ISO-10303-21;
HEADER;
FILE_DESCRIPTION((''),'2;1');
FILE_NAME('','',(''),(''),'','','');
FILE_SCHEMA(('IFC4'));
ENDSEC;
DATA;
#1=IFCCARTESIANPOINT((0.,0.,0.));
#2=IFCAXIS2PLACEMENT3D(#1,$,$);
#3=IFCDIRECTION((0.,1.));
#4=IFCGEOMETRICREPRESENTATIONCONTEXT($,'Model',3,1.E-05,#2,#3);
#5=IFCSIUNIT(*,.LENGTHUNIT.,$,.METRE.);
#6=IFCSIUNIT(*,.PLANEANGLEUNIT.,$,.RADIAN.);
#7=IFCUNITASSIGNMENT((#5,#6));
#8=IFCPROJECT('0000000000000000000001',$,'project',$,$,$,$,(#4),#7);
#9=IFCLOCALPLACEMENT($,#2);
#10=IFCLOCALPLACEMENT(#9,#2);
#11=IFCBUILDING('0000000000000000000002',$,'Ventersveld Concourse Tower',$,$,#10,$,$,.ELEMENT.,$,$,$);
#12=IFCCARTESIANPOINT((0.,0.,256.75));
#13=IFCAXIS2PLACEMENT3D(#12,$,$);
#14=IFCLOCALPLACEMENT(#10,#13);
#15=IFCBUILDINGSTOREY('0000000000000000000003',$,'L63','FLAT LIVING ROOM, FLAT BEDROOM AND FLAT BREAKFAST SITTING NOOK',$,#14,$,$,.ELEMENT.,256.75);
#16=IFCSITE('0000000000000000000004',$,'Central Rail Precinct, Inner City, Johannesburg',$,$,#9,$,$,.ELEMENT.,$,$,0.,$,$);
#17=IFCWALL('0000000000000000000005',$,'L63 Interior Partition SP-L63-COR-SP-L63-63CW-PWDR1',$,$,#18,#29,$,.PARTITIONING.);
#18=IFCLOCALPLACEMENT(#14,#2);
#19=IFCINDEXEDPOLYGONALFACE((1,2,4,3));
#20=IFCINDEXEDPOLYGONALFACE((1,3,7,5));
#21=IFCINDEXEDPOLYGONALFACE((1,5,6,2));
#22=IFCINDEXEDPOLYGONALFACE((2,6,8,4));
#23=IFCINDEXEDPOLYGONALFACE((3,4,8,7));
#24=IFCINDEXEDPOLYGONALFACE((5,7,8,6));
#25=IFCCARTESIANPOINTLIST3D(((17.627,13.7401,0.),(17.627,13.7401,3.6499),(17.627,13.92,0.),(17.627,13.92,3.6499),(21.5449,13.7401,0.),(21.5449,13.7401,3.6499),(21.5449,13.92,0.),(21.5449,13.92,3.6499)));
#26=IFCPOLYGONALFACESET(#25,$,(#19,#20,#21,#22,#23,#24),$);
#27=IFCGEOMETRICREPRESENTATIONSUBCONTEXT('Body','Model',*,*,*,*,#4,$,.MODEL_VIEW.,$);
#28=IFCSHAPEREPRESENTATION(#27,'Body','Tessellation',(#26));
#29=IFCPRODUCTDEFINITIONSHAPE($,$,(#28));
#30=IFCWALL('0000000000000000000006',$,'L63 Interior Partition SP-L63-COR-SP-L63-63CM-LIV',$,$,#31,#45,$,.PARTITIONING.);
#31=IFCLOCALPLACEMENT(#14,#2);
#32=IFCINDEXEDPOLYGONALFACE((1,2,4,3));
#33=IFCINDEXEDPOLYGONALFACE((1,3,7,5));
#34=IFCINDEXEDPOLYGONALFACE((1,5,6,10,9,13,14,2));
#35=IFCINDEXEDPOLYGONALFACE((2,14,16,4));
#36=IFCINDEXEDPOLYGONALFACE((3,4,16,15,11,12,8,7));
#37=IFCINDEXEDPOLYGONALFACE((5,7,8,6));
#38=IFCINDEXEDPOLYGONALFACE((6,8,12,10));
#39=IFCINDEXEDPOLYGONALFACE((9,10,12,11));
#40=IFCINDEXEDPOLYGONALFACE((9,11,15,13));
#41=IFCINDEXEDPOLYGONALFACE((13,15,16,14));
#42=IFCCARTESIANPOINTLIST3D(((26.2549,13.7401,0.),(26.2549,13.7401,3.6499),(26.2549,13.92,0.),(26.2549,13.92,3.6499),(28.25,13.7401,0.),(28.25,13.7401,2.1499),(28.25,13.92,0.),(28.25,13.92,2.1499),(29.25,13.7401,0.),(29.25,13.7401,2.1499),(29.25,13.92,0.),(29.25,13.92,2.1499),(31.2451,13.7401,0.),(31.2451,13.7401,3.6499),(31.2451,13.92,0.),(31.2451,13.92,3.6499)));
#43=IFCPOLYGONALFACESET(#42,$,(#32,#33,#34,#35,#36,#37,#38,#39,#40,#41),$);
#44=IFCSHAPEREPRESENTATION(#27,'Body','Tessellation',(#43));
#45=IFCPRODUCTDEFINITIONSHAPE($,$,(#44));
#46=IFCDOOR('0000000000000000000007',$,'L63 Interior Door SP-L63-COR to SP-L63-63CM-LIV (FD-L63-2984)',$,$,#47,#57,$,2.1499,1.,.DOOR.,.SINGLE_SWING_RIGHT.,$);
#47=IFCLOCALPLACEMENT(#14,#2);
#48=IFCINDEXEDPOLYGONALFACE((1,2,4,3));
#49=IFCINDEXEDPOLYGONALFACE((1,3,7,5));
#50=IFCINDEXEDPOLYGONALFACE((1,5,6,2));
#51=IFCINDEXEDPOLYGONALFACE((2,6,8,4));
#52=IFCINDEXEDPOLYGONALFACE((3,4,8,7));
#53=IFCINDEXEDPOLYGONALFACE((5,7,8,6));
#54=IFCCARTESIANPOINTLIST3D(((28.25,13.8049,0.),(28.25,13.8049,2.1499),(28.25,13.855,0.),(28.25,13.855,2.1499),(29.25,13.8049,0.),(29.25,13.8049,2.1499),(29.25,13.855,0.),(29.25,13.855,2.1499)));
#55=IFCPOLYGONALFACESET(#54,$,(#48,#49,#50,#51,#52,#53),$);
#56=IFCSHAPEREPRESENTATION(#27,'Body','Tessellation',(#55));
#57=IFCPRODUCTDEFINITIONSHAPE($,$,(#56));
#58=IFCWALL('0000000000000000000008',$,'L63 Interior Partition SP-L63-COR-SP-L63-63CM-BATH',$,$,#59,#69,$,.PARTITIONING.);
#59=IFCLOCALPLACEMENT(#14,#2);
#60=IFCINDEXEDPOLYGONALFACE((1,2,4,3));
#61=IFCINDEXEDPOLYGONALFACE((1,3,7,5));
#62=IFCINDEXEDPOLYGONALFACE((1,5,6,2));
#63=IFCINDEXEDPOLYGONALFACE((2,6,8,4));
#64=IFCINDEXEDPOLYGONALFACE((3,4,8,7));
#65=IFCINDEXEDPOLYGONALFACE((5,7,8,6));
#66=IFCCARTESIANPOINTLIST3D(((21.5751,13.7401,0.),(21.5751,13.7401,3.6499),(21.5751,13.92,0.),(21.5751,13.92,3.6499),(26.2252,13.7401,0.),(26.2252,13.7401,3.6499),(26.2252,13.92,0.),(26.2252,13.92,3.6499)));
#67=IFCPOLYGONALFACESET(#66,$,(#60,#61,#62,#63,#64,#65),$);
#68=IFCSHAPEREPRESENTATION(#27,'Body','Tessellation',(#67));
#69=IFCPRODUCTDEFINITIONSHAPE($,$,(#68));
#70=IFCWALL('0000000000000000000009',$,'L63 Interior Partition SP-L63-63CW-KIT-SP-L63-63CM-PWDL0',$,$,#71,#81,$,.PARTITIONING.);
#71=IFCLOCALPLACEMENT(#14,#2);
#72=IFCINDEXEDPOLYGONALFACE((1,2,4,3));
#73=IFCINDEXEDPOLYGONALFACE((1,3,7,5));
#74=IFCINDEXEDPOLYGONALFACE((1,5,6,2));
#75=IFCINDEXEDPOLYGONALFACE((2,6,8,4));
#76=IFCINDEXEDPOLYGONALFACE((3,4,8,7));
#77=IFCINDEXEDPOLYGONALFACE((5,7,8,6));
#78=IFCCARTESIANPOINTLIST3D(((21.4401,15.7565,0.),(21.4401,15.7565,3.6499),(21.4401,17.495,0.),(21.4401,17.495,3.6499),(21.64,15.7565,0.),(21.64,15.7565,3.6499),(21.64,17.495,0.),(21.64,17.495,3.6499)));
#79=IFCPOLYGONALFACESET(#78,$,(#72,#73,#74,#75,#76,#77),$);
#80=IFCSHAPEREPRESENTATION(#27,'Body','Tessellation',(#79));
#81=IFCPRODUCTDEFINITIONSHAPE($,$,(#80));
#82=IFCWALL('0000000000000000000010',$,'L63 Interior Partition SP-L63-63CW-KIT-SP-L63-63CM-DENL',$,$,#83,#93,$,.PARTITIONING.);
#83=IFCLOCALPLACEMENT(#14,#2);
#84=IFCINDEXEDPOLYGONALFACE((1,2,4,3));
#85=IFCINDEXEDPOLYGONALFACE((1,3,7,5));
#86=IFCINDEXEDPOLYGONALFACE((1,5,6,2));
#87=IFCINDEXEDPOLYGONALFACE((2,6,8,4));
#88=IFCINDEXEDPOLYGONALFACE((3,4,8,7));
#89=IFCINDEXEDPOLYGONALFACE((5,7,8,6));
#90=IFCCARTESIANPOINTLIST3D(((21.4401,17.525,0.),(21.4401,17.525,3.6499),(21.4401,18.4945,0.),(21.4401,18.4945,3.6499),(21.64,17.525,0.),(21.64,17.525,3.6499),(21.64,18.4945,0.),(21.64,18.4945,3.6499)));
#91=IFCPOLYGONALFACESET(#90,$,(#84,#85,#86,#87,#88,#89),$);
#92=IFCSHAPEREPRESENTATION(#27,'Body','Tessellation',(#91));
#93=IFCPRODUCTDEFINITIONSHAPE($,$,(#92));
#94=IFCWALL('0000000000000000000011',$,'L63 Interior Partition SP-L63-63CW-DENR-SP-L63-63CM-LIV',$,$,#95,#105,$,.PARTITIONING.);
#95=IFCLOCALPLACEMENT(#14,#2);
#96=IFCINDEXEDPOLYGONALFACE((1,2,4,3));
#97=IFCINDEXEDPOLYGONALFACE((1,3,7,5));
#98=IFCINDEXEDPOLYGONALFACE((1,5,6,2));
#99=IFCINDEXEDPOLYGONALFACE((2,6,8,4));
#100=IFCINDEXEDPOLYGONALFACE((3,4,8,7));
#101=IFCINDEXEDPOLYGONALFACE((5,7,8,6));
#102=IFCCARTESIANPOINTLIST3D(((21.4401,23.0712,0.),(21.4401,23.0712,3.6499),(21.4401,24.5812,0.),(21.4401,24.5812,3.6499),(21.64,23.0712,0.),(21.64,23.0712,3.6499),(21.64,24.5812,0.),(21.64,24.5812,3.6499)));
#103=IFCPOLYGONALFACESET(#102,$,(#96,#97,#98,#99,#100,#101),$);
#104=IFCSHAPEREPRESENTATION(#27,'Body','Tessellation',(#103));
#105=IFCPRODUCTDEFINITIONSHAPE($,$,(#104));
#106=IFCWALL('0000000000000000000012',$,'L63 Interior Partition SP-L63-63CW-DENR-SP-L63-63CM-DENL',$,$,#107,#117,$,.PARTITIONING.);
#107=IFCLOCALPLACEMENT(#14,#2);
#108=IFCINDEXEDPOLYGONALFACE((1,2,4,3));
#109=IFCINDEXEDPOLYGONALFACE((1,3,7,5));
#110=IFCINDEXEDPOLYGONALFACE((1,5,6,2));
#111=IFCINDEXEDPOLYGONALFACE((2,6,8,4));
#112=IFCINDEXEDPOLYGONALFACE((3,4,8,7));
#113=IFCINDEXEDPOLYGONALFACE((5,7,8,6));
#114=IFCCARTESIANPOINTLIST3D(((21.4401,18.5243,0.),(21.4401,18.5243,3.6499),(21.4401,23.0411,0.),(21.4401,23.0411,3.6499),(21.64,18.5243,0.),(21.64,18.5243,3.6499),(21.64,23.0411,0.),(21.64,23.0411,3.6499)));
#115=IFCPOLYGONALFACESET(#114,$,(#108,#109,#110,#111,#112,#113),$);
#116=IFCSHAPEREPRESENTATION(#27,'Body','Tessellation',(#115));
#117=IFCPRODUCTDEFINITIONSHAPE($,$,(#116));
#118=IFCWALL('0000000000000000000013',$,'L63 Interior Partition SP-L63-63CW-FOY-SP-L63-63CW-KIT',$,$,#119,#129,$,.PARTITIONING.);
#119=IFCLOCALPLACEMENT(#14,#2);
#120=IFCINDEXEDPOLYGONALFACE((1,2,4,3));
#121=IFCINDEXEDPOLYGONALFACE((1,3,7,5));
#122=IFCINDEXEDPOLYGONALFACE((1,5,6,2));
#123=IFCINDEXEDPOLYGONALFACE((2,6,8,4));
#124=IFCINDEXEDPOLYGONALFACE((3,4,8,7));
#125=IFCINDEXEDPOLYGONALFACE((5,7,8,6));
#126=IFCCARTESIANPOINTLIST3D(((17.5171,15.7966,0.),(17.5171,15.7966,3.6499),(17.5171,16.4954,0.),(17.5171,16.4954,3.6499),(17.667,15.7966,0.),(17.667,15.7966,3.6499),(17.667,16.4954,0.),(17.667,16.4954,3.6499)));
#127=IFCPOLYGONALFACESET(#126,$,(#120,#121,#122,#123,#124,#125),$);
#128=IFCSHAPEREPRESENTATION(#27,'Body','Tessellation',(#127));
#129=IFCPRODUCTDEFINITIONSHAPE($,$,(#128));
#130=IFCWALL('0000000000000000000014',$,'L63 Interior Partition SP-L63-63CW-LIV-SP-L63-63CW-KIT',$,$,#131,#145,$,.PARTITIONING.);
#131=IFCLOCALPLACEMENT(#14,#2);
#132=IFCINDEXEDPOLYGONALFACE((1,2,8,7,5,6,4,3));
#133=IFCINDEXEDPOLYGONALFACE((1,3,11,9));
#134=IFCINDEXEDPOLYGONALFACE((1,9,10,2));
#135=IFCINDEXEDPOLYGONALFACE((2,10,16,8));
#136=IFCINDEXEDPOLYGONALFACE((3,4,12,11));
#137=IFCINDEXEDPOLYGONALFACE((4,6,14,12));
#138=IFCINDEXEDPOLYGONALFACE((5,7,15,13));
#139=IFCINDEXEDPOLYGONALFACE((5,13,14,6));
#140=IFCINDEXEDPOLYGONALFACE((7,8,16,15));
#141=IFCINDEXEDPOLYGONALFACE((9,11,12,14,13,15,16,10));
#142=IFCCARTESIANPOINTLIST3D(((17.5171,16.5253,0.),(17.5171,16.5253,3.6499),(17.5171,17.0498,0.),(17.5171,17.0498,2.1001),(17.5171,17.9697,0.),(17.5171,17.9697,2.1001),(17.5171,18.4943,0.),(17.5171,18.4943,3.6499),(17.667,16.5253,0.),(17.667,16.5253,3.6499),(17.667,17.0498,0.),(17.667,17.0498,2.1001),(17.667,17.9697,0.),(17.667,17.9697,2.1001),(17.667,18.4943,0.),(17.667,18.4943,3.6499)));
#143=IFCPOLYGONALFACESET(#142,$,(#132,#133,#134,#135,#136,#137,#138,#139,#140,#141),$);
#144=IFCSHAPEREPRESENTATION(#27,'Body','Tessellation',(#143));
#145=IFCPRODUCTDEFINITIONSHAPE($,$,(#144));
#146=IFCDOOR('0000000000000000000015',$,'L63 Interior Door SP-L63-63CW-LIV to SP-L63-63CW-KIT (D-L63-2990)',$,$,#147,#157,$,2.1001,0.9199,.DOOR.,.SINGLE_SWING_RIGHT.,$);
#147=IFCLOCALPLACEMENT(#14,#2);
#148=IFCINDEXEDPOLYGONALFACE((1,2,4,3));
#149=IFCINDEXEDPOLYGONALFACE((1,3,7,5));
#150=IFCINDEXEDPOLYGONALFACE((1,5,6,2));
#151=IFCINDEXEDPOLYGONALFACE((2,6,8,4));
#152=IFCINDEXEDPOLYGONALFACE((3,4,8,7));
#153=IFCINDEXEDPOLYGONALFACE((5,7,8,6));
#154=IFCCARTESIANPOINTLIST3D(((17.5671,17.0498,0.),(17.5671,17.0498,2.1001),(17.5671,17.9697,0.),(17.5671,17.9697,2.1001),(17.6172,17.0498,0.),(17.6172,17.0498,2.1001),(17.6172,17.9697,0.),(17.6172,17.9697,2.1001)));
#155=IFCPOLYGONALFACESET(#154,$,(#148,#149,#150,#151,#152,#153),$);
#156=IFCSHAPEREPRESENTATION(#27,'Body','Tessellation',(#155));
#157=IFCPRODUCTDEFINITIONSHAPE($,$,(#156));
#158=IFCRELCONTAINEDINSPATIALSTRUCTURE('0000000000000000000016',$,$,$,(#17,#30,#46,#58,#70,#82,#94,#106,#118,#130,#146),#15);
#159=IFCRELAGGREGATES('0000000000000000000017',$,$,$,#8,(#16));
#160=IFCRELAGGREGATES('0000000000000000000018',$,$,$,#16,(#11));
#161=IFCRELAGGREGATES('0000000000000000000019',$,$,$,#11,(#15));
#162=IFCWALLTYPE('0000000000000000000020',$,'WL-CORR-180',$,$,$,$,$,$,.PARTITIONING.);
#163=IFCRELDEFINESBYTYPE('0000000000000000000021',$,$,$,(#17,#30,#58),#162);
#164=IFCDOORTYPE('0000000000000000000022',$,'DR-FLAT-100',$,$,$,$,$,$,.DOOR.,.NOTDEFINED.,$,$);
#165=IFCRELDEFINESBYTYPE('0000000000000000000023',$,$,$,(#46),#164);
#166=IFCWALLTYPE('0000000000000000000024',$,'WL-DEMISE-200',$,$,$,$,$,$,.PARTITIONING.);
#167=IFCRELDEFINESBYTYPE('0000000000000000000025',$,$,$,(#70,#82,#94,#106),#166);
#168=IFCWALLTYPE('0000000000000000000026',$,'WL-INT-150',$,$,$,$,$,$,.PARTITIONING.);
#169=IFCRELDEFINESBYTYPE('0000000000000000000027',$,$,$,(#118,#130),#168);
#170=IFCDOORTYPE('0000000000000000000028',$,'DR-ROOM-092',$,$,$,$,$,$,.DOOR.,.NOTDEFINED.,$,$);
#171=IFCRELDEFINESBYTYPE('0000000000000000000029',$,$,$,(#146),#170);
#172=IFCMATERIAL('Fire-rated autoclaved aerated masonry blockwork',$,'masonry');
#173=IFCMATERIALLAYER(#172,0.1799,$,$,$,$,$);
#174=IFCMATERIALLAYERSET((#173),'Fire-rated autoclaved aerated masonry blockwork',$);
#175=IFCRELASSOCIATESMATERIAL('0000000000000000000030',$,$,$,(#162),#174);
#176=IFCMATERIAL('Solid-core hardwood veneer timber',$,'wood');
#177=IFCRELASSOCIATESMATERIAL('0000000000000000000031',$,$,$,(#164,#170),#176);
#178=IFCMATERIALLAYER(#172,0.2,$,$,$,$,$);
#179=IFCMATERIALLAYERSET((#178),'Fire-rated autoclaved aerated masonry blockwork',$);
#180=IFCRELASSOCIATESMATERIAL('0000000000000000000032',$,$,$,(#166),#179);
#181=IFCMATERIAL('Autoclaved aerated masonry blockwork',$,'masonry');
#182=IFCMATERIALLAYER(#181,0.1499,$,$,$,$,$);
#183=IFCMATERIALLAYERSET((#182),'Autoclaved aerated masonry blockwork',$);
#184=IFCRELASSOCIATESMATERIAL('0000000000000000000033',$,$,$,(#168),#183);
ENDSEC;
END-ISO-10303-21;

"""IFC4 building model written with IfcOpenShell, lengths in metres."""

from ifc_helpers import new_model, si_unit, direction, frame, frame_2d, origin, place, context, subcontext, project, spatial, rectangle, extrude, material, layer, layer_set, type_object, element, fill, save


model = new_model("IFC4")

# Units and contexts
model_context = context("Model", 3, precision=1e-05, world=origin(), true_north=direction((0.0, 1.0)))
body_context = subcontext(model_context, "Body", "Model", "MODEL_VIEW")
ifc_project = project(units=[si_unit("LENGTHUNIT", "METRE"), si_unit("PLANEANGLEUNIT", "RADIAN")], contexts=[model_context])

# Site, building, storey
site_placement = place(None, origin())
site = spatial("IfcSite", under=ifc_project, at=site_placement, Name="Central Rail Precinct, Inner City, Johannesburg", CompositionType="ELEMENT", RefElevation=0.0)
building_placement = place(site_placement, origin())
building = spatial("IfcBuilding", under=site, at=building_placement, Name="Ventersveld Concourse Tower", CompositionType="ELEMENT")
storey_placement = place(building_placement, frame((0.0, 0.0, 256.75)))
storey = spatial("IfcBuildingStorey", under=building, at=storey_placement, Name="L63", Description="FLAT LIVING ROOM, FLAT BEDROOM AND FLAT BREAKFAST SITTING NOOK", CompositionType="ELEMENT", Elevation=256.75)

# Wall
ifc_material_1 = material(Name="Fire-rated autoclaved aerated masonry blockwork", Category="masonry")
ifc_layer_1 = layer(ifc_material_1, 0.1799)
ifc_layer_set_1 = layer_set([ifc_layer_1], Name="Fire-rated autoclaved aerated masonry blockwork")
wall_type_1 = type_object("IfcWallType", Name="WL-CORR-180", PredefinedType="PARTITIONING", material=ifc_layer_set_1)
wall_1_placement = place(storey_placement, frame((17.627, 13.8301, 0.0), z_axis=(0.0, 0.0, 1.0), x_axis=(1.0, 0.0, 0.0)))
element("IfcWall", 1, at=wall_1_placement, inside=storey, type_object=wall_type_1, Name="L63 Interior Partition SP-L63-COR-SP-L63-63CW-PWDR1", PredefinedType="PARTITIONING", context=body_context, shape_type="SweptSolid", body=[
    extrude(rectangle(XDim=3.918, YDim=0.1799, at=frame_2d((1.959, 0.0))), origin(), (0.0, 0.0, 1.0), 3.6499),
])

# Wall, opening, door
wall_2_placement = place(storey_placement, frame((26.2549, 13.8301, 0.0), z_axis=(0.0, 0.0, 1.0), x_axis=(1.0, 0.0, 0.0)))
wall_2 = element("IfcWall", 2, at=wall_2_placement, inside=storey, type_object=wall_type_1, Name="L63 Interior Partition SP-L63-COR-SP-L63-63CM-LIV", PredefinedType="PARTITIONING", context=body_context, shape_type="SweptSolid", body=[
    extrude(rectangle(XDim=4.9902, YDim=0.1799, at=frame_2d((2.4951, 0.0))), origin(), (0.0, 0.0, 1.0), 3.6499),
])
opening_1_placement = place(wall_2_placement, frame((1.9951, 0.0, 0.0)))
opening_1 = element("IfcOpeningElement", 3, at=opening_1_placement, cuts=wall_2, PredefinedType="OPENING", context=body_context, shape_type="SweptSolid", body=[
    extrude(rectangle(XDim=1.0, YDim=2.1499, at=frame_2d((0.5, 1.075))), frame((0.0, 0.1001, 0.0), z_axis=(0.0, -1.0, 0.0), x_axis=(1.0, 0.0, 0.0)), (0.0, 0.0, 1.0), 0.2),
])
ifc_material_2 = material(Name="Solid-core hardwood veneer timber", Category="wood")
door_type_1 = type_object("IfcDoorType", Name="DR-FLAT-100", OperationType="NOTDEFINED", PredefinedType="DOOR", material=ifc_material_2)
door_1_placement = place(opening_1_placement, origin())
door_1 = element("IfcDoor", 4, at=door_1_placement, inside=storey, type_object=door_type_1, Name="L63 Interior Door SP-L63-COR to SP-L63-63CM-LIV (FD-L63-2984)", OperationType="SINGLE_SWING_RIGHT", OverallHeight=2.1499, OverallWidth=1.0, PredefinedType="DOOR", context=body_context, shape_type="SweptSolid", body=[
    extrude(rectangle(XDim=1.0, YDim=2.1499, at=frame_2d((0.5, 1.075))), frame((0.0, 0.0249, 0.0), z_axis=(0.0, -1.0, 0.0), x_axis=(1.0, 0.0, 0.0)), (0.0, 0.0, 1.0), 0.05),
])
fill(opening_1, door_1)

# Walls
wall_3_placement = place(storey_placement, frame((21.575, 13.8301, 0.0), z_axis=(0.0, 0.0, 1.0), x_axis=(1.0, 0.0, 0.0)))
element("IfcWall", 5, at=wall_3_placement, inside=storey, type_object=wall_type_1, Name="L63 Interior Partition SP-L63-COR-SP-L63-63CM-BATH", PredefinedType="PARTITIONING", context=body_context, shape_type="SweptSolid", body=[
    extrude(rectangle(XDim=4.6501, YDim=0.1799, at=frame_2d((2.3252, 0.0))), origin(), (0.0, 0.0, 1.0), 3.6499),
])
ifc_layer_2 = layer(ifc_material_1, 0.2)
ifc_layer_set_2 = layer_set([ifc_layer_2], Name="Fire-rated autoclaved aerated masonry blockwork")
wall_type_2 = type_object("IfcWallType", Name="WL-DEMISE-200", PredefinedType="PARTITIONING", material=ifc_layer_set_2)
wall_4_placement = place(storey_placement, frame((21.54, 15.7566, 0.0), z_axis=(0.0, 0.0, 1.0), x_axis=(0.0, 1.0, 0.0)))
element("IfcWall", 6, at=wall_4_placement, inside=storey, type_object=wall_type_2, Name="L63 Interior Partition SP-L63-63CW-KIT-SP-L63-63CM-PWDL0", PredefinedType="PARTITIONING", context=body_context, shape_type="SweptSolid", body=[
    extrude(rectangle(XDim=1.7385, YDim=0.2, at=frame_2d((0.8691, 0.0))), origin(), (0.0, 0.0, 1.0), 3.6499),
])
wall_5_placement = place(storey_placement, frame((21.54, 17.5249, 0.0), z_axis=(0.0, 0.0, 1.0), x_axis=(0.0, 1.0, 0.0)))
element("IfcWall", 7, at=wall_5_placement, inside=storey, type_object=wall_type_2, Name="L63 Interior Partition SP-L63-63CW-KIT-SP-L63-63CM-DENL", PredefinedType="PARTITIONING", context=body_context, shape_type="SweptSolid", body=[
    extrude(rectangle(XDim=0.9695, YDim=0.2, at=frame_2d((0.4849, 0.0))), origin(), (0.0, 0.0, 1.0), 3.6499),
])
wall_6_placement = place(storey_placement, frame((21.54, 23.0713, 0.0), z_axis=(0.0, 0.0, 1.0), x_axis=(0.0, 1.0, 0.0)))
element("IfcWall", 8, at=wall_6_placement, inside=storey, type_object=wall_type_2, Name="L63 Interior Partition SP-L63-63CW-DENR-SP-L63-63CM-LIV", PredefinedType="PARTITIONING", context=body_context, shape_type="SweptSolid", body=[
    extrude(rectangle(XDim=1.51, YDim=0.2, at=frame_2d((0.7549, 0.0))), origin(), (0.0, 0.0, 1.0), 3.6499),
])
wall_7_placement = place(storey_placement, frame((21.54, 18.5244, 0.0), z_axis=(0.0, 0.0, 1.0), x_axis=(0.0, 1.0, 0.0)))
element("IfcWall", 9, at=wall_7_placement, inside=storey, type_object=wall_type_2, Name="L63 Interior Partition SP-L63-63CW-DENR-SP-L63-63CM-DENL", PredefinedType="PARTITIONING", context=body_context, shape_type="SweptSolid", body=[
    extrude(rectangle(XDim=4.5168, YDim=0.2, at=frame_2d((2.2583, 0.0))), origin(), (0.0, 0.0, 1.0), 3.6499),
])
ifc_material_3 = material(Name="Autoclaved aerated masonry blockwork", Category="masonry")
ifc_layer_3 = layer(ifc_material_3, 0.1499)
ifc_layer_set_3 = layer_set([ifc_layer_3], Name="Autoclaved aerated masonry blockwork")
wall_type_3 = type_object("IfcWallType", Name="WL-INT-150", PredefinedType="PARTITIONING", material=ifc_layer_set_3)
wall_8_placement = place(storey_placement, frame((17.592, 15.7966, 0.0), z_axis=(0.0, 0.0, 1.0), x_axis=(0.0, 1.0, 0.0)))
element("IfcWall", 10, at=wall_8_placement, inside=storey, type_object=wall_type_3, Name="L63 Interior Partition SP-L63-63CW-FOY-SP-L63-63CW-KIT", PredefinedType="PARTITIONING", context=body_context, shape_type="SweptSolid", body=[
    extrude(rectangle(XDim=0.6987, YDim=0.1499, at=frame_2d((0.3494, 0.0))), origin(), (0.0, 0.0, 1.0), 3.6499),
])

# Wall, opening, door
wall_9_placement = place(storey_placement, frame((17.592, 16.5254, 0.0), z_axis=(0.0, 0.0, 1.0), x_axis=(0.0, 1.0, 0.0)))
wall_9 = element("IfcWall", 11, at=wall_9_placement, inside=storey, type_object=wall_type_3, Name="L63 Interior Partition SP-L63-63CW-LIV-SP-L63-63CW-KIT", PredefinedType="PARTITIONING", context=body_context, shape_type="SweptSolid", body=[
    extrude(rectangle(XDim=1.969, YDim=0.1499, at=frame_2d((0.9844, 0.0))), origin(), (0.0, 0.0, 1.0), 3.6499),
])
opening_2_placement = place(wall_9_placement, frame((0.5244, 0.0, 0.0)))
opening_2 = element("IfcOpeningElement", 12, at=opening_2_placement, cuts=wall_9, PredefinedType="OPENING", context=body_context, shape_type="SweptSolid", body=[
    extrude(rectangle(XDim=0.9199, YDim=2.1001, at=frame_2d((0.46, 1.05))), frame((0.0, 0.085, 0.0), z_axis=(0.0, -1.0, 0.0), x_axis=(1.0, 0.0, 0.0)), (0.0, 0.0, 1.0), 0.1699),
])
door_type_2 = type_object("IfcDoorType", Name="DR-ROOM-092", OperationType="NOTDEFINED", PredefinedType="DOOR", material=ifc_material_2)
door_2_placement = place(opening_2_placement, origin())
door_2 = element("IfcDoor", 13, at=door_2_placement, inside=storey, type_object=door_type_2, Name="L63 Interior Door SP-L63-63CW-LIV to SP-L63-63CW-KIT (D-L63-2990)", OperationType="SINGLE_SWING_RIGHT", OverallHeight=2.1001, OverallWidth=0.9199, PredefinedType="DOOR", context=body_context, shape_type="SweptSolid", body=[
    extrude(rectangle(XDim=0.9199, YDim=2.1001, at=frame_2d((0.46, 1.05))), frame((0.0, 0.0249, 0.0), z_axis=(0.0, -1.0, 0.0), x_axis=(1.0, 0.0, 0.0)), (0.0, 0.0, 1.0), 0.05),
])
fill(opening_2, door_2)

save(model, "model.ifc")
